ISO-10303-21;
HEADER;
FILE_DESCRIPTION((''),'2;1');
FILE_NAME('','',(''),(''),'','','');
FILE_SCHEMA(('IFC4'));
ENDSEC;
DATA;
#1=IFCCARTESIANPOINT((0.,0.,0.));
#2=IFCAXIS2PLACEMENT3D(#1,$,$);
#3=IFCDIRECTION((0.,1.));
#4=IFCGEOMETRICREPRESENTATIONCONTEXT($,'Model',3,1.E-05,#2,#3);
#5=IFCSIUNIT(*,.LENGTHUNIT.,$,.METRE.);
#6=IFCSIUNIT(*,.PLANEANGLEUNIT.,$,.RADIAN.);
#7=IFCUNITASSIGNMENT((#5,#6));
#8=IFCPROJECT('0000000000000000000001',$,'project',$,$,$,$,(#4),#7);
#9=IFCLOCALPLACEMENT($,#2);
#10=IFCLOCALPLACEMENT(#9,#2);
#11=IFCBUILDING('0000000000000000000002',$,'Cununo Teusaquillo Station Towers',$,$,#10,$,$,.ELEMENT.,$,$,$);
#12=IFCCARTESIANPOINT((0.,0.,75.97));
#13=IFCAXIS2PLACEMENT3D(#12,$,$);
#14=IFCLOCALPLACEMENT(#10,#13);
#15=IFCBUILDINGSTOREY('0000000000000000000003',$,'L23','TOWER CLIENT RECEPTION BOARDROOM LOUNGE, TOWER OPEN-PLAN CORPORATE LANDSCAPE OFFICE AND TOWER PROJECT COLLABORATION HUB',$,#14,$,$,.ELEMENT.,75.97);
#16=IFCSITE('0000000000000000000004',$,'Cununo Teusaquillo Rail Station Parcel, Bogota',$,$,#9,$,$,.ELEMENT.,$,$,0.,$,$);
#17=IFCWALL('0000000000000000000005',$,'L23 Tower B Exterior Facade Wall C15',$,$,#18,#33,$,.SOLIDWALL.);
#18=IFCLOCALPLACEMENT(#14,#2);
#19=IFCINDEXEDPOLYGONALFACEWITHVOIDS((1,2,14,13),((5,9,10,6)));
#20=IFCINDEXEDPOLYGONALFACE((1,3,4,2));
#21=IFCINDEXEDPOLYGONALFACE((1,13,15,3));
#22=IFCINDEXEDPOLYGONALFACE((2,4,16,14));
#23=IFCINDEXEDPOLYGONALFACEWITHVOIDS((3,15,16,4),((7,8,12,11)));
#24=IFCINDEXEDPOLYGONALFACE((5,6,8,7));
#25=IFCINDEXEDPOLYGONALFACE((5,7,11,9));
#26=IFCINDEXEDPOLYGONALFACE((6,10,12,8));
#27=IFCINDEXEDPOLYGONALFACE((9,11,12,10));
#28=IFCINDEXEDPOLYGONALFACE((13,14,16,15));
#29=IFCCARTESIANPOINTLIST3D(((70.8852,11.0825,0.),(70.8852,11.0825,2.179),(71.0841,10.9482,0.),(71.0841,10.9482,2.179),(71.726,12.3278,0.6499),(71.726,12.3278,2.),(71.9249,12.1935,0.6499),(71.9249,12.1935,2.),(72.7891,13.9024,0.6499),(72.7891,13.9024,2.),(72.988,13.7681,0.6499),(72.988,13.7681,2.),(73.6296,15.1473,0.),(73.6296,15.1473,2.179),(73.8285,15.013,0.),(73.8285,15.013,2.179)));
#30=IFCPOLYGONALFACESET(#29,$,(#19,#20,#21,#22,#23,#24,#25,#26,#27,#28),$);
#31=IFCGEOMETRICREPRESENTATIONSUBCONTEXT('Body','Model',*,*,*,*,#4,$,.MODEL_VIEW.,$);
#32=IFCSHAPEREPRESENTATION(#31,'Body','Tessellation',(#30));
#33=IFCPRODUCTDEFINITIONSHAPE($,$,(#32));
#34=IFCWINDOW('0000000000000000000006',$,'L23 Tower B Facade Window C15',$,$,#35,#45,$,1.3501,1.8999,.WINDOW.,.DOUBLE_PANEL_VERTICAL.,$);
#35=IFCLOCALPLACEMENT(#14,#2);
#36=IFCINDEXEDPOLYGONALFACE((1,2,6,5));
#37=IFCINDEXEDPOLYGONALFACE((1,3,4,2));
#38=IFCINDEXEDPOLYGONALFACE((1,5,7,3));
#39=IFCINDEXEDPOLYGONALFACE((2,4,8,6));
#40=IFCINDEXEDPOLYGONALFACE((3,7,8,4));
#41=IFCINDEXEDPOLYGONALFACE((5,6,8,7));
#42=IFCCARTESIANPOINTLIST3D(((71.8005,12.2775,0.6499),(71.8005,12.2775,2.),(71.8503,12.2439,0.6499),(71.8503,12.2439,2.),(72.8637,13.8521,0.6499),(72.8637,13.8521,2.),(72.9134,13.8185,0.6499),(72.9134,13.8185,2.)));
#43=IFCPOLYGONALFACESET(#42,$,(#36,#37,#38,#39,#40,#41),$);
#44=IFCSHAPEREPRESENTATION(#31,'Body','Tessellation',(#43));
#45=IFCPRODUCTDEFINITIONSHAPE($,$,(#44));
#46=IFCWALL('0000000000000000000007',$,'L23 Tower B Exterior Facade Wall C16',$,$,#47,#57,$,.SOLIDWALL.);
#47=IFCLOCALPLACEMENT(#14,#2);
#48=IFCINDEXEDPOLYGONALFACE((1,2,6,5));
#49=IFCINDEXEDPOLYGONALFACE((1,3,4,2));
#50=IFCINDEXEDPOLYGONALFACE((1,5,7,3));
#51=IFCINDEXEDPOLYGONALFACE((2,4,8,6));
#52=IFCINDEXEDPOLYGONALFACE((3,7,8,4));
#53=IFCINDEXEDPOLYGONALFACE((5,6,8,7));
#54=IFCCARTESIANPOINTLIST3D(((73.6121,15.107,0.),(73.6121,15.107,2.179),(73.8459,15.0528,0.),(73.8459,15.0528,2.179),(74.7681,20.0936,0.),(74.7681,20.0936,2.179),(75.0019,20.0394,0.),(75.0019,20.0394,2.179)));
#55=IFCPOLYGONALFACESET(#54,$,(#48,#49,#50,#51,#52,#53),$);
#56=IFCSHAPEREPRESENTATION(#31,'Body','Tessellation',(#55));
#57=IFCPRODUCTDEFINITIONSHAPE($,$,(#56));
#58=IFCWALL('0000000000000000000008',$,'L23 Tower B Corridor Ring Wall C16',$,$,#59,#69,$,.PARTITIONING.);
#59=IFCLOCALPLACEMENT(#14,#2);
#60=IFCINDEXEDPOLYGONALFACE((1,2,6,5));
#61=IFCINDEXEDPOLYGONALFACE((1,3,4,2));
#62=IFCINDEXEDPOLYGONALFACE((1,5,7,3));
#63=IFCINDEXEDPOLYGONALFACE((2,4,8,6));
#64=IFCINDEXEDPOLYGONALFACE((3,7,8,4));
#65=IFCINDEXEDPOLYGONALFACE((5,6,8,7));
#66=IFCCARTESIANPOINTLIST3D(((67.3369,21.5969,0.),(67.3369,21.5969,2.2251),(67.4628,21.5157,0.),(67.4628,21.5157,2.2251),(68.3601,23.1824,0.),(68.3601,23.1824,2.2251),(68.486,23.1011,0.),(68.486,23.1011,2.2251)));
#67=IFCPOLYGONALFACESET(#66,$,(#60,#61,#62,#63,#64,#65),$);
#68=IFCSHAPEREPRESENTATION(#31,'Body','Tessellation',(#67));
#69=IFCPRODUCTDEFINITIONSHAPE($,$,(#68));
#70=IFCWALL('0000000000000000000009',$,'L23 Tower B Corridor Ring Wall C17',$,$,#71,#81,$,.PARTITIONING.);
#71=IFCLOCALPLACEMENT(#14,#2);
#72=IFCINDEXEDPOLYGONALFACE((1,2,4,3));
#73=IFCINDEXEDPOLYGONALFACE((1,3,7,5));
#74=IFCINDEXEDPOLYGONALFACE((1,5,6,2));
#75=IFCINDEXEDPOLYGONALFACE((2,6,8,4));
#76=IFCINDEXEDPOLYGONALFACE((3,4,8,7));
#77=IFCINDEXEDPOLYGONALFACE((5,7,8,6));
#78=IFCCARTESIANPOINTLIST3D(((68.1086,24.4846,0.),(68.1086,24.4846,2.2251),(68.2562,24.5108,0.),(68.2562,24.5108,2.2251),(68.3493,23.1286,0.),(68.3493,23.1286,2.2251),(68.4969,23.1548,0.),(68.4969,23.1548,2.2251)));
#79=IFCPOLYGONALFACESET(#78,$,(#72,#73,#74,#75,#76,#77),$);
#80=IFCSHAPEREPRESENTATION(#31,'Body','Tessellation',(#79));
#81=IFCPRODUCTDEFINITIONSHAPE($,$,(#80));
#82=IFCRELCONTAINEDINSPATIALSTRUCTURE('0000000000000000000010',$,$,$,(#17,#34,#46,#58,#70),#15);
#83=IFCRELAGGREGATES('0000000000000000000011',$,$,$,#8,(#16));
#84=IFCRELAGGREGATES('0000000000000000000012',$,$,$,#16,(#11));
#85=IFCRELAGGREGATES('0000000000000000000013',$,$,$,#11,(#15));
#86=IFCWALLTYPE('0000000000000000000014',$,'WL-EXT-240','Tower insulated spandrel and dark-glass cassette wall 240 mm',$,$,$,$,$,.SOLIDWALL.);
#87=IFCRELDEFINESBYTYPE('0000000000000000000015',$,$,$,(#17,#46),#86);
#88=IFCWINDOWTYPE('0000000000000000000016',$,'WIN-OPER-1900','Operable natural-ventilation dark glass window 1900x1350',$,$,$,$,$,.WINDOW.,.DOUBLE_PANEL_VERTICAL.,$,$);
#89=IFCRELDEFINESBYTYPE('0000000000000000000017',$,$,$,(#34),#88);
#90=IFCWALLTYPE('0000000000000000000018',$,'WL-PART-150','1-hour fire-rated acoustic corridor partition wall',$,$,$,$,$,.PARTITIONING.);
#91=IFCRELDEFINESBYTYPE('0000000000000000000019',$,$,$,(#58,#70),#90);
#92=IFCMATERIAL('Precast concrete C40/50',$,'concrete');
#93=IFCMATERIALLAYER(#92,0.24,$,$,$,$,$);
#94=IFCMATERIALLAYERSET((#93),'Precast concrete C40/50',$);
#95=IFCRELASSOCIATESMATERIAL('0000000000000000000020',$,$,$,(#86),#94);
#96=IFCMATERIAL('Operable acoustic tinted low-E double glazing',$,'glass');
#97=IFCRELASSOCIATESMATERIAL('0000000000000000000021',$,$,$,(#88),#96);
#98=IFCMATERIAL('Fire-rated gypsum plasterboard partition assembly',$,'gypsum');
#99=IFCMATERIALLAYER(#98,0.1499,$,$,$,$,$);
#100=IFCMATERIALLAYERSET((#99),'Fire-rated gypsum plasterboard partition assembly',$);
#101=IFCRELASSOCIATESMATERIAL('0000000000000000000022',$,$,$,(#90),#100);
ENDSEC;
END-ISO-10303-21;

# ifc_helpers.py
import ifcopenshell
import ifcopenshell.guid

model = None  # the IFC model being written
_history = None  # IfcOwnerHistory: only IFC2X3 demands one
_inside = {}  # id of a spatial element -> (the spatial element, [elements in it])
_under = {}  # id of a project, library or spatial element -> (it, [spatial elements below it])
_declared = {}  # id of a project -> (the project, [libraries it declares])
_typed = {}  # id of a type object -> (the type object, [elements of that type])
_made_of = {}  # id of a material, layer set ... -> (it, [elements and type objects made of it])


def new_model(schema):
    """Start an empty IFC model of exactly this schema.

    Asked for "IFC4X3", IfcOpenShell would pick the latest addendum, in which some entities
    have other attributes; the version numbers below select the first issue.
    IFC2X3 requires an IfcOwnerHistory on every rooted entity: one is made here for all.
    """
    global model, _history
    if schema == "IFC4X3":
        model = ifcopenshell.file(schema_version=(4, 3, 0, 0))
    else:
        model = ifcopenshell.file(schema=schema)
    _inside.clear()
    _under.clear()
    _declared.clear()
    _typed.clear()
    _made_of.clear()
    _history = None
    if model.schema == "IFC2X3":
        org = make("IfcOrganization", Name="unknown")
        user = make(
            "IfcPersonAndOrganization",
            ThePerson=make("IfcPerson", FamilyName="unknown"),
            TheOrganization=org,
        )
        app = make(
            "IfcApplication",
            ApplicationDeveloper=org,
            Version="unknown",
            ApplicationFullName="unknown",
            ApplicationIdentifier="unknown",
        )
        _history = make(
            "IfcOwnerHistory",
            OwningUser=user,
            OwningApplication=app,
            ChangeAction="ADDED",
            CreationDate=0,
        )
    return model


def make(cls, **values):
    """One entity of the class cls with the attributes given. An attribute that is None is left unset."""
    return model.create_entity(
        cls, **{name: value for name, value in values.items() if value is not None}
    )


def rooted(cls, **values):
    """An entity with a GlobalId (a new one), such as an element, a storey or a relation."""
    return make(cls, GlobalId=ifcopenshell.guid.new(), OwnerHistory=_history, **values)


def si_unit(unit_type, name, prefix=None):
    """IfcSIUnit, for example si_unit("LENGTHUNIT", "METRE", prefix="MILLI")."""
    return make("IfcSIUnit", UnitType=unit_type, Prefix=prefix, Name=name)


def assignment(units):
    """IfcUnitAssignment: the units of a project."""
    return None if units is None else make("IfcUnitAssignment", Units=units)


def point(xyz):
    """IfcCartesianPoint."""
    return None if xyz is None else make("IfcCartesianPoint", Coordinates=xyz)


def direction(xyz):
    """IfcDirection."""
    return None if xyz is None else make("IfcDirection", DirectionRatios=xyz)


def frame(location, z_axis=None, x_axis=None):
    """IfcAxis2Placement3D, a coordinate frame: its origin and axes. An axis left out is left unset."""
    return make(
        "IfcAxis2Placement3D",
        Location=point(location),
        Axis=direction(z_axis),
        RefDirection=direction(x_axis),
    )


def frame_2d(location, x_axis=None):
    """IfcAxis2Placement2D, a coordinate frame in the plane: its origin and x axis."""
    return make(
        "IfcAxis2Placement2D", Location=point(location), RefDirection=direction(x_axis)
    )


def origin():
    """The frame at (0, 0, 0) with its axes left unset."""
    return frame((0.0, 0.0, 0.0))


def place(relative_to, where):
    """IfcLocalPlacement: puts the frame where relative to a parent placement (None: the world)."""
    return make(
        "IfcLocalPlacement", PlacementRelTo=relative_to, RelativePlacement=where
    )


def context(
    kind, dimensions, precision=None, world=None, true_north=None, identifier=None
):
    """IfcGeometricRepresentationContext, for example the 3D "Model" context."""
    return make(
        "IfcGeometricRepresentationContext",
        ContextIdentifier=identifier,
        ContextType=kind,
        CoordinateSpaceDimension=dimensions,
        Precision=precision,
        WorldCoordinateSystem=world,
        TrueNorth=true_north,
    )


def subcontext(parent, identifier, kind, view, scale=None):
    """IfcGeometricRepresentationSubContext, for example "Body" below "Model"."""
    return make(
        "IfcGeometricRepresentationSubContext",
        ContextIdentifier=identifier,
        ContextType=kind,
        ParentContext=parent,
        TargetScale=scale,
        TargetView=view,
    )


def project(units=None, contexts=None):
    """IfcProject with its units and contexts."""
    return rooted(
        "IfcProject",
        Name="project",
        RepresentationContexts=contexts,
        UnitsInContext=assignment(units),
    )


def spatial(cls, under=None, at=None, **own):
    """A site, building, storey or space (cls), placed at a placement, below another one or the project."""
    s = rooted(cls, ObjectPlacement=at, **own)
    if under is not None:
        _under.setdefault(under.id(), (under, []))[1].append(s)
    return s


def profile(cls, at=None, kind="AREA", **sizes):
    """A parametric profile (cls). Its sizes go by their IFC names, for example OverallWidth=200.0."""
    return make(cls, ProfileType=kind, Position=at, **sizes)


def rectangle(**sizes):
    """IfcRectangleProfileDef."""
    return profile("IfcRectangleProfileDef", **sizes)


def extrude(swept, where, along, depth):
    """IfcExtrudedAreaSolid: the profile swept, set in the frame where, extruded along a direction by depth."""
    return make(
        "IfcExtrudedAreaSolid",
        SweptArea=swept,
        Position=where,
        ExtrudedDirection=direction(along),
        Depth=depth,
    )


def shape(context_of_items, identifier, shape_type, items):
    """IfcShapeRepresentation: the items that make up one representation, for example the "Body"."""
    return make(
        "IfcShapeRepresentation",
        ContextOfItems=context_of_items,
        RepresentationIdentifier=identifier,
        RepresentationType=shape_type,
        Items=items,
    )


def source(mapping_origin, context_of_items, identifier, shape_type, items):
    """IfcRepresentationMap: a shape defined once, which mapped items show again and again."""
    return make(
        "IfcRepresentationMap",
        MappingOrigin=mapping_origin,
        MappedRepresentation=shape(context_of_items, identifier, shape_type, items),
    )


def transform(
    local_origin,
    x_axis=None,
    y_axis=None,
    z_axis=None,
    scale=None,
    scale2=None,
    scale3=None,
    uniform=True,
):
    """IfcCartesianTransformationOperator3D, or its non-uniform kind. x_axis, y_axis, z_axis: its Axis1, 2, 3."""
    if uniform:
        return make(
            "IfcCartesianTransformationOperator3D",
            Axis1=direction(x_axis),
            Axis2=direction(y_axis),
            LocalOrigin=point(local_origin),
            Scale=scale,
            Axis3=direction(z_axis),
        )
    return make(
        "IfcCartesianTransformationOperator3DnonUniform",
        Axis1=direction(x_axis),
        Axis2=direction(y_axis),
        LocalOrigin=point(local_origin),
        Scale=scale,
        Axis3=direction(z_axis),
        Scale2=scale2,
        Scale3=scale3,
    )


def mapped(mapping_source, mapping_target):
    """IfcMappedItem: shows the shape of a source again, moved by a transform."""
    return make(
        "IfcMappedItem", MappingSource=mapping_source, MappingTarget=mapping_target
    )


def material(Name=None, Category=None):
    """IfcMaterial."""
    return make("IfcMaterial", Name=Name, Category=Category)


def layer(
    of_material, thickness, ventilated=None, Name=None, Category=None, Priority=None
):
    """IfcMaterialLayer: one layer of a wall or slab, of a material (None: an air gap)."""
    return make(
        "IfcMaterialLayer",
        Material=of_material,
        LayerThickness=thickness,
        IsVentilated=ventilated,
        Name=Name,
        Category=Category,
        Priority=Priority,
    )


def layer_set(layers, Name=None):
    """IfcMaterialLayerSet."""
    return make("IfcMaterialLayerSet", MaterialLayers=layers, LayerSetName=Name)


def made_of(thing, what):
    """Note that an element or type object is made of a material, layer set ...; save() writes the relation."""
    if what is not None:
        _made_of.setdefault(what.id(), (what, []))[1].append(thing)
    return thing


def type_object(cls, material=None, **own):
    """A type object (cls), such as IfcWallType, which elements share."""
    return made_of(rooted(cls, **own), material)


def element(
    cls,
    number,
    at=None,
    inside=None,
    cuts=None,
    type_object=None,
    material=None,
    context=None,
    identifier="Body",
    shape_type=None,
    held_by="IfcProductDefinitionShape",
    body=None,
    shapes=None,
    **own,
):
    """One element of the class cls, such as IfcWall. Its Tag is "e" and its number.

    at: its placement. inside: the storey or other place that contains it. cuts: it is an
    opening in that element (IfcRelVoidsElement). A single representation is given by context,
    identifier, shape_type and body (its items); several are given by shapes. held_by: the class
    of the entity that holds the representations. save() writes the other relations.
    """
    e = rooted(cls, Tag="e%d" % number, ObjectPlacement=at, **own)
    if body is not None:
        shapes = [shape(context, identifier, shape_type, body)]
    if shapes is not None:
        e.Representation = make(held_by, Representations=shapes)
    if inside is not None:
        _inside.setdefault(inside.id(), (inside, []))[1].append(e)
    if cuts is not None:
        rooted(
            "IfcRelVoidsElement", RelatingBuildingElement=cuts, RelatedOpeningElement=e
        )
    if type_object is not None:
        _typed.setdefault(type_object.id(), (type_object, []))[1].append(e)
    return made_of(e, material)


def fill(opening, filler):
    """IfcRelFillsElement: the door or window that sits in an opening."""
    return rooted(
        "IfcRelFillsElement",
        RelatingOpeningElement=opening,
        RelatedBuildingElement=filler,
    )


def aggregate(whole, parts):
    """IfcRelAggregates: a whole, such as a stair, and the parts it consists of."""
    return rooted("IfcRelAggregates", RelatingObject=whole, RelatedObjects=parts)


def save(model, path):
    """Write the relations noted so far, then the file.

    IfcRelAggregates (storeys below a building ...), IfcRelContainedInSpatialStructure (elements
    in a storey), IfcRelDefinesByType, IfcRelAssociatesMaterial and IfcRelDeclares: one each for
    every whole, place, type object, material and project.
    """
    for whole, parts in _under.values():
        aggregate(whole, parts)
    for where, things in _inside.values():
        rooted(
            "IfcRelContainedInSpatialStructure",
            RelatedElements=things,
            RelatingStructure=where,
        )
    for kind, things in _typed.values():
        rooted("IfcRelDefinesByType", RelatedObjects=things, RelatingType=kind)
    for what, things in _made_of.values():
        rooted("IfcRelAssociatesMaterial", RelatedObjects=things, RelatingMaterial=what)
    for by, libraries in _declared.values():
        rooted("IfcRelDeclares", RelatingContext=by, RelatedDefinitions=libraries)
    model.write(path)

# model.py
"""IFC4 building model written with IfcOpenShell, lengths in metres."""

from ifc_helpers import new_model, si_unit, direction, frame, frame_2d, origin, place, context, subcontext, project, spatial, rectangle, extrude, source, transform, mapped, material, layer, layer_set, type_object, element, fill, save


model = new_model("IFC4")

# Units and contexts
model_context = context("Model", 3, precision=1e-05, world=origin(), true_north=direction((0.0, 1.0)))
body_context = subcontext(model_context, "Body", "Model", "MODEL_VIEW")
ifc_project = project(units=[si_unit("LENGTHUNIT", "METRE"), si_unit("PLANEANGLEUNIT", "RADIAN")], contexts=[model_context])

# Site, building, storey
site_placement = place(None, origin())
site = spatial("IfcSite", under=ifc_project, at=site_placement, Name="Cununo Teusaquillo Rail Station Parcel, Bogota", CompositionType="ELEMENT", RefElevation=0.0)
building_placement = place(site_placement, origin())
building = spatial("IfcBuilding", under=site, at=building_placement, Name="Cununo Teusaquillo Station Towers", CompositionType="ELEMENT")
storey_placement = place(building_placement, frame((0.0, 0.0, 75.97)))
storey = spatial("IfcBuildingStorey", under=building, at=storey_placement, Name="L23", Description="TOWER CLIENT RECEPTION BOARDROOM LOUNGE, TOWER OPEN-PLAN CORPORATE LANDSCAPE OFFICE AND TOWER PROJECT COLLABORATION HUB", CompositionType="ELEMENT", Elevation=75.97)

# Shared definitions
ifc_material_1 = material(Name="Precast concrete C40/50", Category="concrete")
ifc_layer_1 = layer(ifc_material_1, 0.24)
ifc_layer_set_1 = layer_set([ifc_layer_1], Name="Precast concrete C40/50")
wall_type_1 = type_object("IfcWallType", Name="WL-EXT-240", Description="Tower insulated spandrel and dark-glass cassette wall 240 mm", PredefinedType="SOLIDWALL", material=ifc_layer_set_1)

# Wall, opening, window
wall_1_placement = place(storey_placement, frame((73.729, 15.0801, 0.0), z_axis=(0.0, 0.0, 1.0), x_axis=(-0.559573, -0.828781, 0.0)))
wall_1 = element("IfcWall", 1, at=wall_1_placement, inside=storey, type_object=wall_type_1, Name="L23 Tower B Exterior Facade Wall C15", PredefinedType="SOLIDWALL", context=body_context, shape_type="SweptSolid", body=[
    extrude(rectangle(XDim=4.9045, YDim=0.24, at=frame_2d((2.4521, 0.0))), origin(), (0.0, 0.0, 1.0), 2.179),
])
shared_shape_1 = source(origin(), body_context, "Body", "SweptSolid", [
    extrude(rectangle(XDim=1.8999, YDim=1.3501, at=frame_2d((0.95, 0.675))), frame((0.0, 0.1299, 0.0), z_axis=(0.0, -1.0, 0.0), x_axis=(1.0, 0.0, 0.0)), (0.0, 0.0, 1.0), 0.26),
])
opening_1_placement = place(wall_1_placement, frame((1.502, 0.0, 0.6499)))
opening_1 = element("IfcOpeningElement", 2, at=opening_1_placement, cuts=wall_1, PredefinedType="OPENING", context=body_context, shape_type="MappedRepresentation", body=[
    mapped(shared_shape_1, transform((0.0, 0.0, 0.0), x_axis=(1.0, 0.0, 0.0), y_axis=(0.0, 1.0, 0.0), z_axis=(0.0, 0.0, 1.0), scale=1.0)),
])
ifc_material_2 = material(Name="Operable acoustic tinted low-E double glazing", Category="glass")
window_type_1 = type_object("IfcWindowType", Name="WIN-OPER-1900", Description="Operable natural-ventilation dark glass window 1900x1350", PartitioningType="DOUBLE_PANEL_VERTICAL", PredefinedType="WINDOW", material=ifc_material_2)
shared_shape_2 = source(origin(), body_context, "Body", "SweptSolid", [
    extrude(rectangle(XDim=1.8999, YDim=1.3501, at=frame_2d((0.95, 0.675))), frame((0.0, 0.03, 0.0), z_axis=(0.0, -1.0, 0.0), x_axis=(1.0, 0.0, 0.0)), (0.0, 0.0, 1.0), 0.0601),
])
window_1_placement = place(opening_1_placement, origin())
window_1 = element("IfcWindow", 3, at=window_1_placement, inside=storey, type_object=window_type_1, Name="L23 Tower B Facade Window C15", OverallHeight=1.3501, OverallWidth=1.8999, PartitioningType="DOUBLE_PANEL_VERTICAL", PredefinedType="WINDOW", context=body_context, shape_type="MappedRepresentation", body=[
    mapped(shared_shape_2, transform((0.0, 0.0, 0.0), x_axis=(1.0, 0.0, 0.0), y_axis=(0.0, 1.0, 0.0), z_axis=(0.0, 0.0, 1.0), scale=1.0)),
])
fill(opening_1, window_1)

# Walls
wall_2_placement = place(storey_placement, frame((74.885, 20.0667, 0.0), z_axis=(0.0, 0.0, 1.0), x_axis=(-0.225835, -0.974166, 0.0)))
element("IfcWall", 4, at=wall_2_placement, inside=storey, type_object=wall_type_1, Name="L23 Tower B Exterior Facade Wall C16", PredefinedType="SOLIDWALL", context=body_context, shape_type="SweptSolid", body=[
    extrude(rectangle(XDim=5.1189, YDim=0.24, at=frame_2d((2.5596, 0.0))), origin(), (0.0, 0.0, 1.0), 2.179),
])
ifc_material_3 = material(Name="Fire-rated gypsum plasterboard partition assembly", Category="gypsum")
ifc_layer_2 = layer(ifc_material_3, 0.1499)
ifc_layer_set_2 = layer_set([ifc_layer_2], Name="Fire-rated gypsum plasterboard partition assembly")
wall_type_2 = type_object("IfcWallType", Name="WL-PART-150", Description="1-hour fire-rated acoustic corridor partition wall", PredefinedType="PARTITIONING", material=ifc_layer_set_2)
wall_3_placement = place(storey_placement, frame((67.3999, 21.5564, 0.0), z_axis=(0.0, 0.0, 1.0), x_axis=(0.542248, 0.840219, 0.0)))
element("IfcWall", 5, at=wall_3_placement, inside=storey, type_object=wall_type_2, Name="L23 Tower B Corridor Ring Wall C16", PredefinedType="PARTITIONING", context=body_context, shape_type="SweptSolid", body=[
    extrude(rectangle(XDim=1.887, YDim=0.1499, at=frame_2d((0.9434, 0.0))), origin(), (0.0, 0.0, 1.0), 2.2251),
])
wall_4_placement = place(storey_placement, frame((68.4231, 23.1418, 0.0), z_axis=(0.0, 0.0, 1.0), x_axis=(-0.174797, 0.984605, 0.0)))
element("IfcWall", 6, at=wall_4_placement, inside=storey, type_object=wall_type_2, Name="L23 Tower B Corridor Ring Wall C17", PredefinedType="PARTITIONING", context=body_context, shape_type="SweptSolid", body=[
    extrude(rectangle(XDim=1.3772, YDim=0.1499, at=frame_2d((0.6885, 0.0))), origin(), (0.0, 0.0, 1.0), 2.2251),
])

save(model, "model.ifc")
